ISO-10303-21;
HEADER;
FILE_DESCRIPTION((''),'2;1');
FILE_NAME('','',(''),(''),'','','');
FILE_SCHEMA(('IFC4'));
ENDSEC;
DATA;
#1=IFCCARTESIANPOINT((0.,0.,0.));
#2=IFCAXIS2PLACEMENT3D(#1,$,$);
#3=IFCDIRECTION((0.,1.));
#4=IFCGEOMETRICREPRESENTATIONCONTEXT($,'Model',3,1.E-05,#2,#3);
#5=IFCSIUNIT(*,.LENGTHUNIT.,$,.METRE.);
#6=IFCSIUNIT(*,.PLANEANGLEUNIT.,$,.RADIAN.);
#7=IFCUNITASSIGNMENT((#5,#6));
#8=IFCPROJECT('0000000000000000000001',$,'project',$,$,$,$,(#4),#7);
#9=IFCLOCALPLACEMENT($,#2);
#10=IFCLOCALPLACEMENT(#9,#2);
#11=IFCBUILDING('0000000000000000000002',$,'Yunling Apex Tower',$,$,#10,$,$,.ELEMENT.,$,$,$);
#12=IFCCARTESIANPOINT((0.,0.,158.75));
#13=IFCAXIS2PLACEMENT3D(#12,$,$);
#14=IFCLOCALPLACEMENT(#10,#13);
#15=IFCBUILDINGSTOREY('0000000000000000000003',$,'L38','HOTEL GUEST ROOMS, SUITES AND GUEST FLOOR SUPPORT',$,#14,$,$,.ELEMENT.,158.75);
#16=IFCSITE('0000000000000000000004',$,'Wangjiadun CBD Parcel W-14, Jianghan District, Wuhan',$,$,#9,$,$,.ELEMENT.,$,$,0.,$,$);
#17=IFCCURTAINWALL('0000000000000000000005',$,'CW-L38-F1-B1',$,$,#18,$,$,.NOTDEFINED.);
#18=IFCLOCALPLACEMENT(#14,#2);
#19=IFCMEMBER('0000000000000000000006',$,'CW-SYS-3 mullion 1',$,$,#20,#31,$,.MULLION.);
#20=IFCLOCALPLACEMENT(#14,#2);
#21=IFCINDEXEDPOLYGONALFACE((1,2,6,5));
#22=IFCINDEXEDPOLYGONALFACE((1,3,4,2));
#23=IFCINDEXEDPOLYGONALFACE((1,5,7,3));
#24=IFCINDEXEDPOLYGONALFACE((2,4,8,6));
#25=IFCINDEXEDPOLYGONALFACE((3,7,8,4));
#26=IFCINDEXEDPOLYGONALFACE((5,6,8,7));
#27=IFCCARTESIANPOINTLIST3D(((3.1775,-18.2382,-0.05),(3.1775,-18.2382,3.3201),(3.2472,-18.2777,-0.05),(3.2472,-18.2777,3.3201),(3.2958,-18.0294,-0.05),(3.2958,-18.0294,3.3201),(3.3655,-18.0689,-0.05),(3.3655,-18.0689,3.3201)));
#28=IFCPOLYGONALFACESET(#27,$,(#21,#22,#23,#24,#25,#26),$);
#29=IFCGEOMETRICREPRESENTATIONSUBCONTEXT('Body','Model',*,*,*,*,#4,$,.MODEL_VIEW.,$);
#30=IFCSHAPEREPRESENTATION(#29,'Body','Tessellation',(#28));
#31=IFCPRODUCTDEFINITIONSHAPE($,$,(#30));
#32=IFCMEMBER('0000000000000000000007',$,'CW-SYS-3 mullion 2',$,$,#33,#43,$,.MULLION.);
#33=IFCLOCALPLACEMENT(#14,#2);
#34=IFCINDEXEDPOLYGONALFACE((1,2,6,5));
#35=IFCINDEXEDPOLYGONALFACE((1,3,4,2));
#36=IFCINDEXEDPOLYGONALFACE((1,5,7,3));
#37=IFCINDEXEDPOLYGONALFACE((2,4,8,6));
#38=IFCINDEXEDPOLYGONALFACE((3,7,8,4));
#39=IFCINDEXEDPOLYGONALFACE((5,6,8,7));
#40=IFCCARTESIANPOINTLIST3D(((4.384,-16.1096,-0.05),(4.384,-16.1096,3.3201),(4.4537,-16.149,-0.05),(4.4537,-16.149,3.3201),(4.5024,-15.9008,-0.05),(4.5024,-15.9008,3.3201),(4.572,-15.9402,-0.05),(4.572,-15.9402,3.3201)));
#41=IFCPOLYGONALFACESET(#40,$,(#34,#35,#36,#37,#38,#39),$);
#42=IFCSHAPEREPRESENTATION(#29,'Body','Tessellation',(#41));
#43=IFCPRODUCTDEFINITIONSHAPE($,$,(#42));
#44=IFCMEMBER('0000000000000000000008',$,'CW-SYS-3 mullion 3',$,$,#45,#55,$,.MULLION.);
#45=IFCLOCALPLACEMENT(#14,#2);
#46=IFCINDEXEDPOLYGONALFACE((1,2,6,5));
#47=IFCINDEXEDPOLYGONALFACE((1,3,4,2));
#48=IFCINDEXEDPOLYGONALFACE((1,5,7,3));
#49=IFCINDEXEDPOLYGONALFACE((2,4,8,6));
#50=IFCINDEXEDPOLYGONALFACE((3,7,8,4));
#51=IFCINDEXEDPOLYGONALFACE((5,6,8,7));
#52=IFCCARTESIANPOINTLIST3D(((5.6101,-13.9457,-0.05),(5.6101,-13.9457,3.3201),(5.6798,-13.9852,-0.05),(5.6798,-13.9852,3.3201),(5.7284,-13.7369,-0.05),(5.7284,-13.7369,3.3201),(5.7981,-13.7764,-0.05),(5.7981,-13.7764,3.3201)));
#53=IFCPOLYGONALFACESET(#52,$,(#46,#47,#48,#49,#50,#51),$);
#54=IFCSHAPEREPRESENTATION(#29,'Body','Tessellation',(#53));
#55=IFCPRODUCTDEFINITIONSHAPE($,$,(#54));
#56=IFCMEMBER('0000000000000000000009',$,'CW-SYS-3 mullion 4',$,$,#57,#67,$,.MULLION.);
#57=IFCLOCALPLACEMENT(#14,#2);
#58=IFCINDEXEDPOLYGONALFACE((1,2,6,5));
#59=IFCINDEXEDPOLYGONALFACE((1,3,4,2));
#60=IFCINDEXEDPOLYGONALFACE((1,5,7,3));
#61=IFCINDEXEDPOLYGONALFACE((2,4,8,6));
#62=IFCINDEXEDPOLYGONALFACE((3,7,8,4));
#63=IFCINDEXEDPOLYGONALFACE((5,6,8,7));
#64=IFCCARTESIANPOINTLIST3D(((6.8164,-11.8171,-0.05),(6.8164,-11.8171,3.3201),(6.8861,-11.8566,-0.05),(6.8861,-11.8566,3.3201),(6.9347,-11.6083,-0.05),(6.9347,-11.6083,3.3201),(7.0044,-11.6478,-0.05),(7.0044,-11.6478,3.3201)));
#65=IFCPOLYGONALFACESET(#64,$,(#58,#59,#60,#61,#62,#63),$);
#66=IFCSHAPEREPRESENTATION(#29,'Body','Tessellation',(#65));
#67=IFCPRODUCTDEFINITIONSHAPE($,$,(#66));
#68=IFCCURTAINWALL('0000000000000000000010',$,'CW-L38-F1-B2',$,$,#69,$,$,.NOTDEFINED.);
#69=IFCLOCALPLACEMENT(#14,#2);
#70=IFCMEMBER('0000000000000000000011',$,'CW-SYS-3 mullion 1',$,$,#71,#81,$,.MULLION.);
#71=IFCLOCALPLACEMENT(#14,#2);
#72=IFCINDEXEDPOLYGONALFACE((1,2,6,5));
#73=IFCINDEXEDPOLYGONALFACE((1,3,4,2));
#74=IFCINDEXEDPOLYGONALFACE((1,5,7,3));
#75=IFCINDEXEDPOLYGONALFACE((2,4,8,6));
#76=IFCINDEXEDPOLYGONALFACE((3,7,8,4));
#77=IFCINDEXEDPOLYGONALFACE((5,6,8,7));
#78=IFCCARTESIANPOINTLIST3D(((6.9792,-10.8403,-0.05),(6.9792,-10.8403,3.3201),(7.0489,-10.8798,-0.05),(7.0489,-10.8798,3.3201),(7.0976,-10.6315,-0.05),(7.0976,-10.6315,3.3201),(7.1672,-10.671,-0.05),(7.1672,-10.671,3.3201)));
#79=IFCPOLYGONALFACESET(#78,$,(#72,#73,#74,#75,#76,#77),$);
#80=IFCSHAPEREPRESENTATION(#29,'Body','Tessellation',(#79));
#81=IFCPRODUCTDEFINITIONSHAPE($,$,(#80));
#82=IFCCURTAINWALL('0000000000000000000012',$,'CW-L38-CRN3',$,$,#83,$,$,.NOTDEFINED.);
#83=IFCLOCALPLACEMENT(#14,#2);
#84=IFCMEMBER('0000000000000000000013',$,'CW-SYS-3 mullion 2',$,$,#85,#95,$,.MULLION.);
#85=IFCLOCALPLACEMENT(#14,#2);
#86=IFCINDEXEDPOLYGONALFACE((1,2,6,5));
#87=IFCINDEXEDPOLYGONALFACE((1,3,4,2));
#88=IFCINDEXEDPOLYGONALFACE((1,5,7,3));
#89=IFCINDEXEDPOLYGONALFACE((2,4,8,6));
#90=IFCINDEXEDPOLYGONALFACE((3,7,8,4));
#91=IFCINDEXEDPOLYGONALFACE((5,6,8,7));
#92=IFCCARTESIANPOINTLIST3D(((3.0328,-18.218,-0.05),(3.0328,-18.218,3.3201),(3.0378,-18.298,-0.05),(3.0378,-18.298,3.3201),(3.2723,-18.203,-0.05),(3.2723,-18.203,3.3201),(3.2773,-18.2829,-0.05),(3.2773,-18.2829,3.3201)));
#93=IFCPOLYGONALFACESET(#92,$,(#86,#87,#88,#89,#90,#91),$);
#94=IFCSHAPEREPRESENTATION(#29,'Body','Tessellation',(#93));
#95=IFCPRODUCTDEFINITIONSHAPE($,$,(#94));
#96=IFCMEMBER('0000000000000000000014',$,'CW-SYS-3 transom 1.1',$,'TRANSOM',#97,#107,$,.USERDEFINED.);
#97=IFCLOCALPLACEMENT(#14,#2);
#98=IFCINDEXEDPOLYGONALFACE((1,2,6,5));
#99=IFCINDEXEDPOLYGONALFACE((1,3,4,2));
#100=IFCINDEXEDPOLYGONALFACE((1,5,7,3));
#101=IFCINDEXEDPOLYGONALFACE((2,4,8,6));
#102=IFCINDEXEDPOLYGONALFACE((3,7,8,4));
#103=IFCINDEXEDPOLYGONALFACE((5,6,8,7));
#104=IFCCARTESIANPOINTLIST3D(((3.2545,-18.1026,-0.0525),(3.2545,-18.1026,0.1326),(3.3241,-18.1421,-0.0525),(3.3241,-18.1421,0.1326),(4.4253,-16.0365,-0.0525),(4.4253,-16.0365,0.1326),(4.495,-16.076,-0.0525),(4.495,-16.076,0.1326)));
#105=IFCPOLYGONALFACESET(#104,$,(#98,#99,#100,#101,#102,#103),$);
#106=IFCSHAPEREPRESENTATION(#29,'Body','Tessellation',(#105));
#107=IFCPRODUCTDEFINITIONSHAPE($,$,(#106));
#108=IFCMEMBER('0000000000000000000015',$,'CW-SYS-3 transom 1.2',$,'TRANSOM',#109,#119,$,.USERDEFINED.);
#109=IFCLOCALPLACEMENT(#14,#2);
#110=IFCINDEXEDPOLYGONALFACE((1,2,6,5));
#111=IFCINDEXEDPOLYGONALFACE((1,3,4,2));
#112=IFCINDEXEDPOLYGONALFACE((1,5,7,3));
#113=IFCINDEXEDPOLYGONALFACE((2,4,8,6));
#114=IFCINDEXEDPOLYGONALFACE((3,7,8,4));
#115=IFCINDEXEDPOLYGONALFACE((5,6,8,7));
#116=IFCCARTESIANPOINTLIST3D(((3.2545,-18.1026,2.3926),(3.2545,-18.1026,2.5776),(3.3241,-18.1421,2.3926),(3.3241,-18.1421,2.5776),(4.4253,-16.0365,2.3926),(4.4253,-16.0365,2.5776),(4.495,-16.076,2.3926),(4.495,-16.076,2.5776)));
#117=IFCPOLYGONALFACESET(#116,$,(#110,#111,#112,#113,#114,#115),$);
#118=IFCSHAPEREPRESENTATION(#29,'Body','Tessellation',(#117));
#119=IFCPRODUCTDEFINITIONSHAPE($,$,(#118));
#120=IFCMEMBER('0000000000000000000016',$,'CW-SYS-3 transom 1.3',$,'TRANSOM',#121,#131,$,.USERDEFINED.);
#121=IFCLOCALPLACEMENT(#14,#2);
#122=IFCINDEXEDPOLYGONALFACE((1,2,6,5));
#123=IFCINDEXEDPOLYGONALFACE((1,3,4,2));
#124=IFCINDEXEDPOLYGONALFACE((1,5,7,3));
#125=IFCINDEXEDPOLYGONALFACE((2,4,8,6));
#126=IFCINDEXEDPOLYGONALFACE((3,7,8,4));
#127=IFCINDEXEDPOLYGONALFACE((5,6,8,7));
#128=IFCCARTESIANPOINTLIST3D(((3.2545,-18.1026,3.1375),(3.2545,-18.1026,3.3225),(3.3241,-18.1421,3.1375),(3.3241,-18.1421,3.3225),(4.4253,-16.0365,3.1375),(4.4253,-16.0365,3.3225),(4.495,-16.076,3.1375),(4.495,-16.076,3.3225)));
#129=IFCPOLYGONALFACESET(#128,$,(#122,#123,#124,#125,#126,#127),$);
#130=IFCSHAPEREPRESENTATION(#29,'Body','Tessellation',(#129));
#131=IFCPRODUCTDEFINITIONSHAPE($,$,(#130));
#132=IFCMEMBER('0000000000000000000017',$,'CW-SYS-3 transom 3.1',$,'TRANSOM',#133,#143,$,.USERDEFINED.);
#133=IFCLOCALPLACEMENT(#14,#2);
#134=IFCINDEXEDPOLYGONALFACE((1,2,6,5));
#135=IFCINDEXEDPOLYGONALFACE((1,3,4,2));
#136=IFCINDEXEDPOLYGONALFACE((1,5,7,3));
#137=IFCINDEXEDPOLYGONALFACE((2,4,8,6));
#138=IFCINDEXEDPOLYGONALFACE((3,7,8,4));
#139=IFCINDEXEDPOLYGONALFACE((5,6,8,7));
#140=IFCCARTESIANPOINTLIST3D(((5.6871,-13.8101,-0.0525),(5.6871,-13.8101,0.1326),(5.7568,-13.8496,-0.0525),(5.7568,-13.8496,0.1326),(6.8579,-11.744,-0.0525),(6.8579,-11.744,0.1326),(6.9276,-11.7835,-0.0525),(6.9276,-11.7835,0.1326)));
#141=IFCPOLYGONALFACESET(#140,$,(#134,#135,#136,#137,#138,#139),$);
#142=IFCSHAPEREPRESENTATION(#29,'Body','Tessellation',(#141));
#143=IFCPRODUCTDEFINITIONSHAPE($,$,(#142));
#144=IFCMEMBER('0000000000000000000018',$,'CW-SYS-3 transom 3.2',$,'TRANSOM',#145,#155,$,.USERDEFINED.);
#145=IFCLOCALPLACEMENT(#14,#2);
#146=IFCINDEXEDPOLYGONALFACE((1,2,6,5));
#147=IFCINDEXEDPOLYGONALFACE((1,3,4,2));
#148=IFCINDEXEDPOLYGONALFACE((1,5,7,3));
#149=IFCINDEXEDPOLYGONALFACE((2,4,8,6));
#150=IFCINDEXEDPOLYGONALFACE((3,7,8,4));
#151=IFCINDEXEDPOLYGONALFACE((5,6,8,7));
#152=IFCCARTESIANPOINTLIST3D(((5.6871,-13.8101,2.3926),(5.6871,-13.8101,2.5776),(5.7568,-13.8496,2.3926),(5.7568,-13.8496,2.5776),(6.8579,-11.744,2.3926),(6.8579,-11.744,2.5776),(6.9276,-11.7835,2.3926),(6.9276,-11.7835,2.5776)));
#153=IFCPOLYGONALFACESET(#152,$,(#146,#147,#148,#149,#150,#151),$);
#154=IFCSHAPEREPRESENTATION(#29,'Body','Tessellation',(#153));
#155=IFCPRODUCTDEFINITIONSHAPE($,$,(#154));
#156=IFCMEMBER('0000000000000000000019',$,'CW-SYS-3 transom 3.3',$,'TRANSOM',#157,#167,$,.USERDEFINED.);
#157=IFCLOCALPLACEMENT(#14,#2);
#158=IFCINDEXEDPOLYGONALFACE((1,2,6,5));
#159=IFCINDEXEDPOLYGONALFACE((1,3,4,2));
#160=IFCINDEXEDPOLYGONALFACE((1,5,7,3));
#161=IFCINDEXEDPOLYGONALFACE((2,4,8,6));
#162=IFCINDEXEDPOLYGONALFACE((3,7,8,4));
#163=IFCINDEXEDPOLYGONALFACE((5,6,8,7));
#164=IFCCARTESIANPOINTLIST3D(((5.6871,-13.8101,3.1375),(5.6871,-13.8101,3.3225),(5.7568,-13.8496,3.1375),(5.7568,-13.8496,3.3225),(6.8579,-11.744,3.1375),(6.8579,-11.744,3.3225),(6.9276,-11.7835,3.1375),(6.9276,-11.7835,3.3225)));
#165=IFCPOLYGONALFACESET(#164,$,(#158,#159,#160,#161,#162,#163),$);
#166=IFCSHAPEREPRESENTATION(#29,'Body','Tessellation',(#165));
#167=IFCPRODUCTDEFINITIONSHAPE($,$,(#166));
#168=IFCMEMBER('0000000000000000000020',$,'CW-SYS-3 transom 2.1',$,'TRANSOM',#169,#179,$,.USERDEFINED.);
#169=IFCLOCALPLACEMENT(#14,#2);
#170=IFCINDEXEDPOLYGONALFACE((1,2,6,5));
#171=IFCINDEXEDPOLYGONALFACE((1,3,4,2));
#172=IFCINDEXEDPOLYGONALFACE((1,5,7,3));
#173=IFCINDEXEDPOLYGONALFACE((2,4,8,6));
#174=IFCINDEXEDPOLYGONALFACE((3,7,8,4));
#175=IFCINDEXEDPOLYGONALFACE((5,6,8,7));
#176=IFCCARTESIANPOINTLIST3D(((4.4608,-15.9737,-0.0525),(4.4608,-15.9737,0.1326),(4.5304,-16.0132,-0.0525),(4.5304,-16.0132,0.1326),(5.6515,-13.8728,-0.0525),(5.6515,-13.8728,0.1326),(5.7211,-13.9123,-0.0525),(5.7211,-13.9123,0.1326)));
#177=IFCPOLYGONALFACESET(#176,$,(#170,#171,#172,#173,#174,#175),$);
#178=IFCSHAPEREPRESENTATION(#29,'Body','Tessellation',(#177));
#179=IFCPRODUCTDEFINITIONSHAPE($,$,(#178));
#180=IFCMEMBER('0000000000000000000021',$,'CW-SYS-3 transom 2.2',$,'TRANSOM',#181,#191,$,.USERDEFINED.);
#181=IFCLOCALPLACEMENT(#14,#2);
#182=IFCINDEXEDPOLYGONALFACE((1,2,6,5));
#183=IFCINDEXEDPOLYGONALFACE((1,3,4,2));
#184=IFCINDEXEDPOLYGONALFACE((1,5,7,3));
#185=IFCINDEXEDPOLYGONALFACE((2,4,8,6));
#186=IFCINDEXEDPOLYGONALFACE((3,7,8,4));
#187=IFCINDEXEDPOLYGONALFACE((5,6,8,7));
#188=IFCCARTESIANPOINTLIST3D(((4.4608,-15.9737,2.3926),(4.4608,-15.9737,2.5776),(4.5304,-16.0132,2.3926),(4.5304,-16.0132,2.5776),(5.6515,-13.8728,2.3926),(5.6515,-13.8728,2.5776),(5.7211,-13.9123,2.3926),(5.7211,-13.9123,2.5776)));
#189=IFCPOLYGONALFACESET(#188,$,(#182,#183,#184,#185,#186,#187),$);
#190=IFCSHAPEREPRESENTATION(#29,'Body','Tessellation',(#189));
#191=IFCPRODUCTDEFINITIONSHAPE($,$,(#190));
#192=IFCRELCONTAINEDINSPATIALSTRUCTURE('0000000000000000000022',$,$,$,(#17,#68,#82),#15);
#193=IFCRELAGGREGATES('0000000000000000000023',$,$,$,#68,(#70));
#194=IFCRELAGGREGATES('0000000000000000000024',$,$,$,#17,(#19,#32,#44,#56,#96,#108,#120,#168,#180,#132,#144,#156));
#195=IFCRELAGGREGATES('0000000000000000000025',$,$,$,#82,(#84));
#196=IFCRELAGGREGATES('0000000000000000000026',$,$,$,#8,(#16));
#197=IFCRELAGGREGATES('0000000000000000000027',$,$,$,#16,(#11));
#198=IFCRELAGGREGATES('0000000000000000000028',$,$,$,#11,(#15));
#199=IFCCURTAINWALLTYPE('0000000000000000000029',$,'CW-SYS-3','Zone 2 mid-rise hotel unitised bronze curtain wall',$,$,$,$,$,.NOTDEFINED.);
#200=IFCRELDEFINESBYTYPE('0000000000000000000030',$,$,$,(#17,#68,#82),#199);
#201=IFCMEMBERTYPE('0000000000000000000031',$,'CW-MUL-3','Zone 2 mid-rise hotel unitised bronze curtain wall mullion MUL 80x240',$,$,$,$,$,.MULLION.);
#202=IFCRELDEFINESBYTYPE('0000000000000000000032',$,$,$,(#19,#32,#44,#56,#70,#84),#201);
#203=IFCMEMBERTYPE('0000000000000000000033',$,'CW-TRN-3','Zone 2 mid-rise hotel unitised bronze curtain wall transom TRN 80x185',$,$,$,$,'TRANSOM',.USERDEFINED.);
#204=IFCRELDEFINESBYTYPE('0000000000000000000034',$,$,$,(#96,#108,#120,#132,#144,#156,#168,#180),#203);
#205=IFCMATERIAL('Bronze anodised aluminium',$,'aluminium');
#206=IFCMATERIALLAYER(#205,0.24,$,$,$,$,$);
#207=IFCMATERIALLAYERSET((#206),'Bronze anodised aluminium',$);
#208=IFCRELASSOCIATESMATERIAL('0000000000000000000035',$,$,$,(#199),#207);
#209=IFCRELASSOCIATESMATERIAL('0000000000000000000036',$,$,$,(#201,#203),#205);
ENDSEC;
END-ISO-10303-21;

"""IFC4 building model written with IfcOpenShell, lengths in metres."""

from ifc_helpers import new_model, si_unit, direction, frame, origin, origin_2d, place, context, subcontext, project, spatial, rectangle, extrude, source, transform, mapped, material, layer, layer_set, material_profile, profile_set, type_object, element, aggregate, save


model = new_model("IFC4")

# Units and contexts
model_context = context("Model", 3, precision=1e-05, world=origin(), true_north=direction((0.0, 1.0)))
body_context = subcontext(model_context, "Body", "Model", "MODEL_VIEW")
ifc_project = project(units=[si_unit("LENGTHUNIT", "METRE"), si_unit("PLANEANGLEUNIT", "RADIAN")], contexts=[model_context])

# Site, building, storey
site_placement = place(None, origin())
site = spatial("IfcSite", under=ifc_project, at=site_placement, Name="Wangjiadun CBD Parcel W-14, Jianghan District, Wuhan", CompositionType="ELEMENT", RefElevation=0.0)
building_placement = place(site_placement, origin())
building = spatial("IfcBuilding", under=site, at=building_placement, Name="Yunling Apex Tower", CompositionType="ELEMENT")
storey_placement = place(building_placement, frame((0.0, 0.0, 158.75)))
storey = spatial("IfcBuildingStorey", under=building, at=storey_placement, Name="L38", Description="HOTEL GUEST ROOMS, SUITES AND GUEST FLOOR SUPPORT", CompositionType="ELEMENT", Elevation=158.75)

# Curtain wall, members
ifc_material_1 = material(Name="Bronze anodised aluminium", Category="aluminium")
ifc_layer_1 = layer(ifc_material_1, 0.24)
ifc_layer_set_1 = layer_set([ifc_layer_1], Name="Bronze anodised aluminium")
curtain_wall_type = type_object("IfcCurtainWallType", Name="CW-SYS-3", Description="Zone 2 mid-rise hotel unitised bronze curtain wall", PredefinedType="NOTDEFINED", material=ifc_layer_set_1)
curtain_wall_1_placement = place(storey_placement, origin())
curtain_wall_1 = element("IfcCurtainWall", 1, at=curtain_wall_1_placement, inside=storey, type_object=curtain_wall_type, Name="CW-L38-F1-B1", PredefinedType="NOTDEFINED")
ifc_material_profile_1 = material_profile(ifc_material_1, rectangle(XDim=0.0801, YDim=0.24, at=origin_2d()))
ifc_profile_set_1 = profile_set([ifc_material_profile_1], Name="Bronze anodised aluminium")
member_type_1 = type_object("IfcMemberType", Name="CW-MUL-3", Description="Zone 2 mid-rise hotel unitised bronze curtain wall mullion MUL 80x240", PredefinedType="MULLION", material=ifc_profile_set_1)
shared_shape_1 = source(origin(), body_context, "Body", "SweptSolid", [
    extrude(rectangle(XDim=0.0801, YDim=0.24, at=origin_2d()), origin(), (0.0, 0.0, 1.0), 3.3701),
])
member_1_placement = place(storey_placement, frame((3.2715, -18.1536, -0.05), z_axis=(0.0, 0.0, 1.0), x_axis=(-0.870006, 0.493041, 0.0)))
member_1 = element("IfcMember", 2, at=member_1_placement, type_object=member_type_1, Name="CW-SYS-3 mullion 1", PredefinedType="MULLION", context=body_context, shape_type="MappedRepresentation", body=[
    mapped(shared_shape_1, transform((0.0, 0.0, 0.0), scale=1.0)),
])
member_2_placement = place(storey_placement, frame((4.478, -16.0249, -0.05), z_axis=(0.0, 0.0, 1.0), x_axis=(-0.870006, 0.493041, 0.0)))
member_2 = element("IfcMember", 3, at=member_2_placement, type_object=member_type_1, Name="CW-SYS-3 mullion 2", PredefinedType="MULLION", context=body_context, shape_type="MappedRepresentation", body=[
    mapped(shared_shape_1, transform((0.0, 0.0, 0.0), scale=1.0)),
])
member_3_placement = place(storey_placement, frame((5.7041, -13.8611, -0.05), z_axis=(0.0, 0.0, 1.0), x_axis=(-0.870006, 0.493041, 0.0)))
member_3 = element("IfcMember", 4, at=member_3_placement, type_object=member_type_1, Name="CW-SYS-3 mullion 3", PredefinedType="MULLION", context=body_context, shape_type="MappedRepresentation", body=[
    mapped(shared_shape_1, transform((0.0, 0.0, 0.0), scale=1.0)),
])
member_4_placement = place(storey_placement, frame((6.9104, -11.7324, -0.05), z_axis=(0.0, 0.0, 1.0), x_axis=(-0.870006, 0.493041, 0.0)))
member_4 = element("IfcMember", 5, at=member_4_placement, type_object=member_type_1, Name="CW-SYS-3 mullion 4", PredefinedType="MULLION", context=body_context, shape_type="MappedRepresentation", body=[
    mapped(shared_shape_1, transform((0.0, 0.0, 0.0), scale=1.0)),
])

# Curtain walls, members
curtain_wall_2_placement = place(storey_placement, origin())
curtain_wall_2 = element("IfcCurtainWall", 6, at=curtain_wall_2_placement, inside=storey, type_object=curtain_wall_type, Name="CW-L38-F1-B2", PredefinedType="NOTDEFINED")
member_5_placement = place(storey_placement, frame((7.0732, -10.7556, -0.05), z_axis=(0.0, 0.0, 1.0), x_axis=(-0.870003, 0.493047, 0.0)))
member_5 = element("IfcMember", 7, at=member_5_placement, type_object=member_type_1, Name="CW-SYS-3 mullion 1", PredefinedType="MULLION", context=body_context, shape_type="MappedRepresentation", body=[
    mapped(shared_shape_1, transform((0.0, 0.0, 0.0), scale=1.0)),
])
curtain_wall_3_placement = place(storey_placement, origin())
curtain_wall_3 = element("IfcCurtainWall", 8, at=curtain_wall_3_placement, inside=storey, type_object=curtain_wall_type, Name="CW-L38-CRN3", PredefinedType="NOTDEFINED")
member_6_placement = place(storey_placement, frame((3.155, -18.2505, -0.05), z_axis=(0.0, 0.0, 1.0), x_axis=(-0.062672, 0.998034, 0.0)))
member_6 = element("IfcMember", 9, at=member_6_placement, type_object=member_type_1, Name="CW-SYS-3 mullion 2", PredefinedType="MULLION", context=body_context, shape_type="MappedRepresentation", body=[
    mapped(shared_shape_1, transform((0.0, 0.0, 0.0), scale=1.0)),
])

# Members
ifc_material_profile_2 = material_profile(ifc_material_1, rectangle(XDim=0.0801, YDim=0.1851, at=origin_2d()))
ifc_profile_set_2 = profile_set([ifc_material_profile_2], Name="Bronze anodised aluminium")
member_type_2 = type_object("IfcMemberType", Name="CW-TRN-3", Description="Zone 2 mid-rise hotel unitised bronze curtain wall transom TRN 80x185", ElementType="TRANSOM", PredefinedType="USERDEFINED", material=ifc_profile_set_2)
shared_shape_2 = source(origin(), body_context, "Body", "SweptSolid", [
    extrude(rectangle(XDim=0.0801, YDim=0.1851, at=origin_2d()), origin(), (0.0, 0.0, 1.0), 2.3748),
])
member_7_placement = place(storey_placement, frame((3.2893, -18.1223, 0.04), z_axis=(0.493036, 0.870009, 0.0), x_axis=(-0.870009, 0.493036, 0.0)))
member_7 = element("IfcMember", 10, at=member_7_placement, type_object=member_type_2, Name="CW-SYS-3 transom 1.1", ObjectType="TRANSOM", PredefinedType="USERDEFINED", context=body_context, shape_type="MappedRepresentation", body=[
    mapped(shared_shape_2, transform((0.0, 0.0, 0.0), scale=1.0)),
])
member_8_placement = place(storey_placement, frame((3.2893, -18.1223, 2.4851), z_axis=(0.493036, 0.870009, 0.0), x_axis=(-0.870009, 0.493036, 0.0)))
member_8 = element("IfcMember", 11, at=member_8_placement, type_object=member_type_2, Name="CW-SYS-3 transom 1.2", ObjectType="TRANSOM", PredefinedType="USERDEFINED", context=body_context, shape_type="MappedRepresentation", body=[
    mapped(shared_shape_2, transform((0.0, 0.0, 0.0), scale=1.0)),
])
member_9_placement = place(storey_placement, frame((3.2893, -18.1223, 3.23), z_axis=(0.493036, 0.870009, 0.0), x_axis=(-0.870009, 0.493036, 0.0)))
member_9 = element("IfcMember", 12, at=member_9_placement, type_object=member_type_2, Name="CW-SYS-3 transom 1.3", ObjectType="TRANSOM", PredefinedType="USERDEFINED", context=body_context, shape_type="MappedRepresentation", body=[
    mapped(shared_shape_2, transform((0.0, 0.0, 0.0), scale=1.0)),
])
member_10_placement = place(storey_placement, frame((5.7219, -13.8298, 0.04), z_axis=(0.493036, 0.870009, 0.0), x_axis=(-0.870009, 0.493036, 0.0)))
member_10 = element("IfcMember", 13, at=member_10_placement, type_object=member_type_2, Name="CW-SYS-3 transom 3.1", ObjectType="TRANSOM", PredefinedType="USERDEFINED", context=body_context, shape_type="MappedRepresentation", body=[
    mapped(shared_shape_2, transform((0.0, 0.0, 0.0), scale=1.0)),
])
member_11_placement = place(storey_placement, frame((5.7219, -13.8298, 2.4851), z_axis=(0.493036, 0.870009, 0.0), x_axis=(-0.870009, 0.493036, 0.0)))
member_11 = element("IfcMember", 14, at=member_11_placement, type_object=member_type_2, Name="CW-SYS-3 transom 3.2", ObjectType="TRANSOM", PredefinedType="USERDEFINED", context=body_context, shape_type="MappedRepresentation", body=[
    mapped(shared_shape_2, transform((0.0, 0.0, 0.0), scale=1.0)),
])
member_12_placement = place(storey_placement, frame((5.7219, -13.8298, 3.23), z_axis=(0.493036, 0.870009, 0.0), x_axis=(-0.870009, 0.493036, 0.0)))
member_12 = element("IfcMember", 15, at=member_12_placement, type_object=member_type_2, Name="CW-SYS-3 transom 3.3", ObjectType="TRANSOM", PredefinedType="USERDEFINED", context=body_context, shape_type="MappedRepresentation", body=[
    mapped(shared_shape_2, transform((0.0, 0.0, 0.0), scale=1.0)),
])
shared_shape_3 = source(origin(), body_context, "Body", "SweptSolid", [
    extrude(rectangle(XDim=0.0801, YDim=0.1851, at=origin_2d()), origin(), (0.0, 0.0, 1.0), 2.4148),
])
member_13_placement = place(storey_placement, frame((4.4956, -15.9934, 0.04), z_axis=(0.493076, 0.869986, 0.0), x_axis=(-0.869986, 0.493076, 0.0)))
member_13 = element("IfcMember", 16, at=member_13_placement, type_object=member_type_2, Name="CW-SYS-3 transom 2.1", ObjectType="TRANSOM", PredefinedType="USERDEFINED", context=body_context, shape_type="MappedRepresentation", body=[
    mapped(shared_shape_3, transform((0.0, 0.0, 0.0), scale=1.0)),
])
member_14_placement = place(storey_placement, frame((4.4956, -15.9934, 2.4851), z_axis=(0.493076, 0.869986, 0.0), x_axis=(-0.869986, 0.493076, 0.0)))
member_14 = element("IfcMember", 17, at=member_14_placement, type_object=member_type_2, Name="CW-SYS-3 transom 2.2", ObjectType="TRANSOM", PredefinedType="USERDEFINED", context=body_context, shape_type="MappedRepresentation", body=[
    mapped(shared_shape_3, transform((0.0, 0.0, 0.0), scale=1.0)),
])
aggregate(curtain_wall_2, [member_5])

aggregate(curtain_wall_1, [member_1, member_2, member_3, member_4, member_7, member_8, member_9, member_13, member_14, member_10, member_11, member_12])
aggregate(curtain_wall_3, [member_6])

save(model, "model.ifc")
